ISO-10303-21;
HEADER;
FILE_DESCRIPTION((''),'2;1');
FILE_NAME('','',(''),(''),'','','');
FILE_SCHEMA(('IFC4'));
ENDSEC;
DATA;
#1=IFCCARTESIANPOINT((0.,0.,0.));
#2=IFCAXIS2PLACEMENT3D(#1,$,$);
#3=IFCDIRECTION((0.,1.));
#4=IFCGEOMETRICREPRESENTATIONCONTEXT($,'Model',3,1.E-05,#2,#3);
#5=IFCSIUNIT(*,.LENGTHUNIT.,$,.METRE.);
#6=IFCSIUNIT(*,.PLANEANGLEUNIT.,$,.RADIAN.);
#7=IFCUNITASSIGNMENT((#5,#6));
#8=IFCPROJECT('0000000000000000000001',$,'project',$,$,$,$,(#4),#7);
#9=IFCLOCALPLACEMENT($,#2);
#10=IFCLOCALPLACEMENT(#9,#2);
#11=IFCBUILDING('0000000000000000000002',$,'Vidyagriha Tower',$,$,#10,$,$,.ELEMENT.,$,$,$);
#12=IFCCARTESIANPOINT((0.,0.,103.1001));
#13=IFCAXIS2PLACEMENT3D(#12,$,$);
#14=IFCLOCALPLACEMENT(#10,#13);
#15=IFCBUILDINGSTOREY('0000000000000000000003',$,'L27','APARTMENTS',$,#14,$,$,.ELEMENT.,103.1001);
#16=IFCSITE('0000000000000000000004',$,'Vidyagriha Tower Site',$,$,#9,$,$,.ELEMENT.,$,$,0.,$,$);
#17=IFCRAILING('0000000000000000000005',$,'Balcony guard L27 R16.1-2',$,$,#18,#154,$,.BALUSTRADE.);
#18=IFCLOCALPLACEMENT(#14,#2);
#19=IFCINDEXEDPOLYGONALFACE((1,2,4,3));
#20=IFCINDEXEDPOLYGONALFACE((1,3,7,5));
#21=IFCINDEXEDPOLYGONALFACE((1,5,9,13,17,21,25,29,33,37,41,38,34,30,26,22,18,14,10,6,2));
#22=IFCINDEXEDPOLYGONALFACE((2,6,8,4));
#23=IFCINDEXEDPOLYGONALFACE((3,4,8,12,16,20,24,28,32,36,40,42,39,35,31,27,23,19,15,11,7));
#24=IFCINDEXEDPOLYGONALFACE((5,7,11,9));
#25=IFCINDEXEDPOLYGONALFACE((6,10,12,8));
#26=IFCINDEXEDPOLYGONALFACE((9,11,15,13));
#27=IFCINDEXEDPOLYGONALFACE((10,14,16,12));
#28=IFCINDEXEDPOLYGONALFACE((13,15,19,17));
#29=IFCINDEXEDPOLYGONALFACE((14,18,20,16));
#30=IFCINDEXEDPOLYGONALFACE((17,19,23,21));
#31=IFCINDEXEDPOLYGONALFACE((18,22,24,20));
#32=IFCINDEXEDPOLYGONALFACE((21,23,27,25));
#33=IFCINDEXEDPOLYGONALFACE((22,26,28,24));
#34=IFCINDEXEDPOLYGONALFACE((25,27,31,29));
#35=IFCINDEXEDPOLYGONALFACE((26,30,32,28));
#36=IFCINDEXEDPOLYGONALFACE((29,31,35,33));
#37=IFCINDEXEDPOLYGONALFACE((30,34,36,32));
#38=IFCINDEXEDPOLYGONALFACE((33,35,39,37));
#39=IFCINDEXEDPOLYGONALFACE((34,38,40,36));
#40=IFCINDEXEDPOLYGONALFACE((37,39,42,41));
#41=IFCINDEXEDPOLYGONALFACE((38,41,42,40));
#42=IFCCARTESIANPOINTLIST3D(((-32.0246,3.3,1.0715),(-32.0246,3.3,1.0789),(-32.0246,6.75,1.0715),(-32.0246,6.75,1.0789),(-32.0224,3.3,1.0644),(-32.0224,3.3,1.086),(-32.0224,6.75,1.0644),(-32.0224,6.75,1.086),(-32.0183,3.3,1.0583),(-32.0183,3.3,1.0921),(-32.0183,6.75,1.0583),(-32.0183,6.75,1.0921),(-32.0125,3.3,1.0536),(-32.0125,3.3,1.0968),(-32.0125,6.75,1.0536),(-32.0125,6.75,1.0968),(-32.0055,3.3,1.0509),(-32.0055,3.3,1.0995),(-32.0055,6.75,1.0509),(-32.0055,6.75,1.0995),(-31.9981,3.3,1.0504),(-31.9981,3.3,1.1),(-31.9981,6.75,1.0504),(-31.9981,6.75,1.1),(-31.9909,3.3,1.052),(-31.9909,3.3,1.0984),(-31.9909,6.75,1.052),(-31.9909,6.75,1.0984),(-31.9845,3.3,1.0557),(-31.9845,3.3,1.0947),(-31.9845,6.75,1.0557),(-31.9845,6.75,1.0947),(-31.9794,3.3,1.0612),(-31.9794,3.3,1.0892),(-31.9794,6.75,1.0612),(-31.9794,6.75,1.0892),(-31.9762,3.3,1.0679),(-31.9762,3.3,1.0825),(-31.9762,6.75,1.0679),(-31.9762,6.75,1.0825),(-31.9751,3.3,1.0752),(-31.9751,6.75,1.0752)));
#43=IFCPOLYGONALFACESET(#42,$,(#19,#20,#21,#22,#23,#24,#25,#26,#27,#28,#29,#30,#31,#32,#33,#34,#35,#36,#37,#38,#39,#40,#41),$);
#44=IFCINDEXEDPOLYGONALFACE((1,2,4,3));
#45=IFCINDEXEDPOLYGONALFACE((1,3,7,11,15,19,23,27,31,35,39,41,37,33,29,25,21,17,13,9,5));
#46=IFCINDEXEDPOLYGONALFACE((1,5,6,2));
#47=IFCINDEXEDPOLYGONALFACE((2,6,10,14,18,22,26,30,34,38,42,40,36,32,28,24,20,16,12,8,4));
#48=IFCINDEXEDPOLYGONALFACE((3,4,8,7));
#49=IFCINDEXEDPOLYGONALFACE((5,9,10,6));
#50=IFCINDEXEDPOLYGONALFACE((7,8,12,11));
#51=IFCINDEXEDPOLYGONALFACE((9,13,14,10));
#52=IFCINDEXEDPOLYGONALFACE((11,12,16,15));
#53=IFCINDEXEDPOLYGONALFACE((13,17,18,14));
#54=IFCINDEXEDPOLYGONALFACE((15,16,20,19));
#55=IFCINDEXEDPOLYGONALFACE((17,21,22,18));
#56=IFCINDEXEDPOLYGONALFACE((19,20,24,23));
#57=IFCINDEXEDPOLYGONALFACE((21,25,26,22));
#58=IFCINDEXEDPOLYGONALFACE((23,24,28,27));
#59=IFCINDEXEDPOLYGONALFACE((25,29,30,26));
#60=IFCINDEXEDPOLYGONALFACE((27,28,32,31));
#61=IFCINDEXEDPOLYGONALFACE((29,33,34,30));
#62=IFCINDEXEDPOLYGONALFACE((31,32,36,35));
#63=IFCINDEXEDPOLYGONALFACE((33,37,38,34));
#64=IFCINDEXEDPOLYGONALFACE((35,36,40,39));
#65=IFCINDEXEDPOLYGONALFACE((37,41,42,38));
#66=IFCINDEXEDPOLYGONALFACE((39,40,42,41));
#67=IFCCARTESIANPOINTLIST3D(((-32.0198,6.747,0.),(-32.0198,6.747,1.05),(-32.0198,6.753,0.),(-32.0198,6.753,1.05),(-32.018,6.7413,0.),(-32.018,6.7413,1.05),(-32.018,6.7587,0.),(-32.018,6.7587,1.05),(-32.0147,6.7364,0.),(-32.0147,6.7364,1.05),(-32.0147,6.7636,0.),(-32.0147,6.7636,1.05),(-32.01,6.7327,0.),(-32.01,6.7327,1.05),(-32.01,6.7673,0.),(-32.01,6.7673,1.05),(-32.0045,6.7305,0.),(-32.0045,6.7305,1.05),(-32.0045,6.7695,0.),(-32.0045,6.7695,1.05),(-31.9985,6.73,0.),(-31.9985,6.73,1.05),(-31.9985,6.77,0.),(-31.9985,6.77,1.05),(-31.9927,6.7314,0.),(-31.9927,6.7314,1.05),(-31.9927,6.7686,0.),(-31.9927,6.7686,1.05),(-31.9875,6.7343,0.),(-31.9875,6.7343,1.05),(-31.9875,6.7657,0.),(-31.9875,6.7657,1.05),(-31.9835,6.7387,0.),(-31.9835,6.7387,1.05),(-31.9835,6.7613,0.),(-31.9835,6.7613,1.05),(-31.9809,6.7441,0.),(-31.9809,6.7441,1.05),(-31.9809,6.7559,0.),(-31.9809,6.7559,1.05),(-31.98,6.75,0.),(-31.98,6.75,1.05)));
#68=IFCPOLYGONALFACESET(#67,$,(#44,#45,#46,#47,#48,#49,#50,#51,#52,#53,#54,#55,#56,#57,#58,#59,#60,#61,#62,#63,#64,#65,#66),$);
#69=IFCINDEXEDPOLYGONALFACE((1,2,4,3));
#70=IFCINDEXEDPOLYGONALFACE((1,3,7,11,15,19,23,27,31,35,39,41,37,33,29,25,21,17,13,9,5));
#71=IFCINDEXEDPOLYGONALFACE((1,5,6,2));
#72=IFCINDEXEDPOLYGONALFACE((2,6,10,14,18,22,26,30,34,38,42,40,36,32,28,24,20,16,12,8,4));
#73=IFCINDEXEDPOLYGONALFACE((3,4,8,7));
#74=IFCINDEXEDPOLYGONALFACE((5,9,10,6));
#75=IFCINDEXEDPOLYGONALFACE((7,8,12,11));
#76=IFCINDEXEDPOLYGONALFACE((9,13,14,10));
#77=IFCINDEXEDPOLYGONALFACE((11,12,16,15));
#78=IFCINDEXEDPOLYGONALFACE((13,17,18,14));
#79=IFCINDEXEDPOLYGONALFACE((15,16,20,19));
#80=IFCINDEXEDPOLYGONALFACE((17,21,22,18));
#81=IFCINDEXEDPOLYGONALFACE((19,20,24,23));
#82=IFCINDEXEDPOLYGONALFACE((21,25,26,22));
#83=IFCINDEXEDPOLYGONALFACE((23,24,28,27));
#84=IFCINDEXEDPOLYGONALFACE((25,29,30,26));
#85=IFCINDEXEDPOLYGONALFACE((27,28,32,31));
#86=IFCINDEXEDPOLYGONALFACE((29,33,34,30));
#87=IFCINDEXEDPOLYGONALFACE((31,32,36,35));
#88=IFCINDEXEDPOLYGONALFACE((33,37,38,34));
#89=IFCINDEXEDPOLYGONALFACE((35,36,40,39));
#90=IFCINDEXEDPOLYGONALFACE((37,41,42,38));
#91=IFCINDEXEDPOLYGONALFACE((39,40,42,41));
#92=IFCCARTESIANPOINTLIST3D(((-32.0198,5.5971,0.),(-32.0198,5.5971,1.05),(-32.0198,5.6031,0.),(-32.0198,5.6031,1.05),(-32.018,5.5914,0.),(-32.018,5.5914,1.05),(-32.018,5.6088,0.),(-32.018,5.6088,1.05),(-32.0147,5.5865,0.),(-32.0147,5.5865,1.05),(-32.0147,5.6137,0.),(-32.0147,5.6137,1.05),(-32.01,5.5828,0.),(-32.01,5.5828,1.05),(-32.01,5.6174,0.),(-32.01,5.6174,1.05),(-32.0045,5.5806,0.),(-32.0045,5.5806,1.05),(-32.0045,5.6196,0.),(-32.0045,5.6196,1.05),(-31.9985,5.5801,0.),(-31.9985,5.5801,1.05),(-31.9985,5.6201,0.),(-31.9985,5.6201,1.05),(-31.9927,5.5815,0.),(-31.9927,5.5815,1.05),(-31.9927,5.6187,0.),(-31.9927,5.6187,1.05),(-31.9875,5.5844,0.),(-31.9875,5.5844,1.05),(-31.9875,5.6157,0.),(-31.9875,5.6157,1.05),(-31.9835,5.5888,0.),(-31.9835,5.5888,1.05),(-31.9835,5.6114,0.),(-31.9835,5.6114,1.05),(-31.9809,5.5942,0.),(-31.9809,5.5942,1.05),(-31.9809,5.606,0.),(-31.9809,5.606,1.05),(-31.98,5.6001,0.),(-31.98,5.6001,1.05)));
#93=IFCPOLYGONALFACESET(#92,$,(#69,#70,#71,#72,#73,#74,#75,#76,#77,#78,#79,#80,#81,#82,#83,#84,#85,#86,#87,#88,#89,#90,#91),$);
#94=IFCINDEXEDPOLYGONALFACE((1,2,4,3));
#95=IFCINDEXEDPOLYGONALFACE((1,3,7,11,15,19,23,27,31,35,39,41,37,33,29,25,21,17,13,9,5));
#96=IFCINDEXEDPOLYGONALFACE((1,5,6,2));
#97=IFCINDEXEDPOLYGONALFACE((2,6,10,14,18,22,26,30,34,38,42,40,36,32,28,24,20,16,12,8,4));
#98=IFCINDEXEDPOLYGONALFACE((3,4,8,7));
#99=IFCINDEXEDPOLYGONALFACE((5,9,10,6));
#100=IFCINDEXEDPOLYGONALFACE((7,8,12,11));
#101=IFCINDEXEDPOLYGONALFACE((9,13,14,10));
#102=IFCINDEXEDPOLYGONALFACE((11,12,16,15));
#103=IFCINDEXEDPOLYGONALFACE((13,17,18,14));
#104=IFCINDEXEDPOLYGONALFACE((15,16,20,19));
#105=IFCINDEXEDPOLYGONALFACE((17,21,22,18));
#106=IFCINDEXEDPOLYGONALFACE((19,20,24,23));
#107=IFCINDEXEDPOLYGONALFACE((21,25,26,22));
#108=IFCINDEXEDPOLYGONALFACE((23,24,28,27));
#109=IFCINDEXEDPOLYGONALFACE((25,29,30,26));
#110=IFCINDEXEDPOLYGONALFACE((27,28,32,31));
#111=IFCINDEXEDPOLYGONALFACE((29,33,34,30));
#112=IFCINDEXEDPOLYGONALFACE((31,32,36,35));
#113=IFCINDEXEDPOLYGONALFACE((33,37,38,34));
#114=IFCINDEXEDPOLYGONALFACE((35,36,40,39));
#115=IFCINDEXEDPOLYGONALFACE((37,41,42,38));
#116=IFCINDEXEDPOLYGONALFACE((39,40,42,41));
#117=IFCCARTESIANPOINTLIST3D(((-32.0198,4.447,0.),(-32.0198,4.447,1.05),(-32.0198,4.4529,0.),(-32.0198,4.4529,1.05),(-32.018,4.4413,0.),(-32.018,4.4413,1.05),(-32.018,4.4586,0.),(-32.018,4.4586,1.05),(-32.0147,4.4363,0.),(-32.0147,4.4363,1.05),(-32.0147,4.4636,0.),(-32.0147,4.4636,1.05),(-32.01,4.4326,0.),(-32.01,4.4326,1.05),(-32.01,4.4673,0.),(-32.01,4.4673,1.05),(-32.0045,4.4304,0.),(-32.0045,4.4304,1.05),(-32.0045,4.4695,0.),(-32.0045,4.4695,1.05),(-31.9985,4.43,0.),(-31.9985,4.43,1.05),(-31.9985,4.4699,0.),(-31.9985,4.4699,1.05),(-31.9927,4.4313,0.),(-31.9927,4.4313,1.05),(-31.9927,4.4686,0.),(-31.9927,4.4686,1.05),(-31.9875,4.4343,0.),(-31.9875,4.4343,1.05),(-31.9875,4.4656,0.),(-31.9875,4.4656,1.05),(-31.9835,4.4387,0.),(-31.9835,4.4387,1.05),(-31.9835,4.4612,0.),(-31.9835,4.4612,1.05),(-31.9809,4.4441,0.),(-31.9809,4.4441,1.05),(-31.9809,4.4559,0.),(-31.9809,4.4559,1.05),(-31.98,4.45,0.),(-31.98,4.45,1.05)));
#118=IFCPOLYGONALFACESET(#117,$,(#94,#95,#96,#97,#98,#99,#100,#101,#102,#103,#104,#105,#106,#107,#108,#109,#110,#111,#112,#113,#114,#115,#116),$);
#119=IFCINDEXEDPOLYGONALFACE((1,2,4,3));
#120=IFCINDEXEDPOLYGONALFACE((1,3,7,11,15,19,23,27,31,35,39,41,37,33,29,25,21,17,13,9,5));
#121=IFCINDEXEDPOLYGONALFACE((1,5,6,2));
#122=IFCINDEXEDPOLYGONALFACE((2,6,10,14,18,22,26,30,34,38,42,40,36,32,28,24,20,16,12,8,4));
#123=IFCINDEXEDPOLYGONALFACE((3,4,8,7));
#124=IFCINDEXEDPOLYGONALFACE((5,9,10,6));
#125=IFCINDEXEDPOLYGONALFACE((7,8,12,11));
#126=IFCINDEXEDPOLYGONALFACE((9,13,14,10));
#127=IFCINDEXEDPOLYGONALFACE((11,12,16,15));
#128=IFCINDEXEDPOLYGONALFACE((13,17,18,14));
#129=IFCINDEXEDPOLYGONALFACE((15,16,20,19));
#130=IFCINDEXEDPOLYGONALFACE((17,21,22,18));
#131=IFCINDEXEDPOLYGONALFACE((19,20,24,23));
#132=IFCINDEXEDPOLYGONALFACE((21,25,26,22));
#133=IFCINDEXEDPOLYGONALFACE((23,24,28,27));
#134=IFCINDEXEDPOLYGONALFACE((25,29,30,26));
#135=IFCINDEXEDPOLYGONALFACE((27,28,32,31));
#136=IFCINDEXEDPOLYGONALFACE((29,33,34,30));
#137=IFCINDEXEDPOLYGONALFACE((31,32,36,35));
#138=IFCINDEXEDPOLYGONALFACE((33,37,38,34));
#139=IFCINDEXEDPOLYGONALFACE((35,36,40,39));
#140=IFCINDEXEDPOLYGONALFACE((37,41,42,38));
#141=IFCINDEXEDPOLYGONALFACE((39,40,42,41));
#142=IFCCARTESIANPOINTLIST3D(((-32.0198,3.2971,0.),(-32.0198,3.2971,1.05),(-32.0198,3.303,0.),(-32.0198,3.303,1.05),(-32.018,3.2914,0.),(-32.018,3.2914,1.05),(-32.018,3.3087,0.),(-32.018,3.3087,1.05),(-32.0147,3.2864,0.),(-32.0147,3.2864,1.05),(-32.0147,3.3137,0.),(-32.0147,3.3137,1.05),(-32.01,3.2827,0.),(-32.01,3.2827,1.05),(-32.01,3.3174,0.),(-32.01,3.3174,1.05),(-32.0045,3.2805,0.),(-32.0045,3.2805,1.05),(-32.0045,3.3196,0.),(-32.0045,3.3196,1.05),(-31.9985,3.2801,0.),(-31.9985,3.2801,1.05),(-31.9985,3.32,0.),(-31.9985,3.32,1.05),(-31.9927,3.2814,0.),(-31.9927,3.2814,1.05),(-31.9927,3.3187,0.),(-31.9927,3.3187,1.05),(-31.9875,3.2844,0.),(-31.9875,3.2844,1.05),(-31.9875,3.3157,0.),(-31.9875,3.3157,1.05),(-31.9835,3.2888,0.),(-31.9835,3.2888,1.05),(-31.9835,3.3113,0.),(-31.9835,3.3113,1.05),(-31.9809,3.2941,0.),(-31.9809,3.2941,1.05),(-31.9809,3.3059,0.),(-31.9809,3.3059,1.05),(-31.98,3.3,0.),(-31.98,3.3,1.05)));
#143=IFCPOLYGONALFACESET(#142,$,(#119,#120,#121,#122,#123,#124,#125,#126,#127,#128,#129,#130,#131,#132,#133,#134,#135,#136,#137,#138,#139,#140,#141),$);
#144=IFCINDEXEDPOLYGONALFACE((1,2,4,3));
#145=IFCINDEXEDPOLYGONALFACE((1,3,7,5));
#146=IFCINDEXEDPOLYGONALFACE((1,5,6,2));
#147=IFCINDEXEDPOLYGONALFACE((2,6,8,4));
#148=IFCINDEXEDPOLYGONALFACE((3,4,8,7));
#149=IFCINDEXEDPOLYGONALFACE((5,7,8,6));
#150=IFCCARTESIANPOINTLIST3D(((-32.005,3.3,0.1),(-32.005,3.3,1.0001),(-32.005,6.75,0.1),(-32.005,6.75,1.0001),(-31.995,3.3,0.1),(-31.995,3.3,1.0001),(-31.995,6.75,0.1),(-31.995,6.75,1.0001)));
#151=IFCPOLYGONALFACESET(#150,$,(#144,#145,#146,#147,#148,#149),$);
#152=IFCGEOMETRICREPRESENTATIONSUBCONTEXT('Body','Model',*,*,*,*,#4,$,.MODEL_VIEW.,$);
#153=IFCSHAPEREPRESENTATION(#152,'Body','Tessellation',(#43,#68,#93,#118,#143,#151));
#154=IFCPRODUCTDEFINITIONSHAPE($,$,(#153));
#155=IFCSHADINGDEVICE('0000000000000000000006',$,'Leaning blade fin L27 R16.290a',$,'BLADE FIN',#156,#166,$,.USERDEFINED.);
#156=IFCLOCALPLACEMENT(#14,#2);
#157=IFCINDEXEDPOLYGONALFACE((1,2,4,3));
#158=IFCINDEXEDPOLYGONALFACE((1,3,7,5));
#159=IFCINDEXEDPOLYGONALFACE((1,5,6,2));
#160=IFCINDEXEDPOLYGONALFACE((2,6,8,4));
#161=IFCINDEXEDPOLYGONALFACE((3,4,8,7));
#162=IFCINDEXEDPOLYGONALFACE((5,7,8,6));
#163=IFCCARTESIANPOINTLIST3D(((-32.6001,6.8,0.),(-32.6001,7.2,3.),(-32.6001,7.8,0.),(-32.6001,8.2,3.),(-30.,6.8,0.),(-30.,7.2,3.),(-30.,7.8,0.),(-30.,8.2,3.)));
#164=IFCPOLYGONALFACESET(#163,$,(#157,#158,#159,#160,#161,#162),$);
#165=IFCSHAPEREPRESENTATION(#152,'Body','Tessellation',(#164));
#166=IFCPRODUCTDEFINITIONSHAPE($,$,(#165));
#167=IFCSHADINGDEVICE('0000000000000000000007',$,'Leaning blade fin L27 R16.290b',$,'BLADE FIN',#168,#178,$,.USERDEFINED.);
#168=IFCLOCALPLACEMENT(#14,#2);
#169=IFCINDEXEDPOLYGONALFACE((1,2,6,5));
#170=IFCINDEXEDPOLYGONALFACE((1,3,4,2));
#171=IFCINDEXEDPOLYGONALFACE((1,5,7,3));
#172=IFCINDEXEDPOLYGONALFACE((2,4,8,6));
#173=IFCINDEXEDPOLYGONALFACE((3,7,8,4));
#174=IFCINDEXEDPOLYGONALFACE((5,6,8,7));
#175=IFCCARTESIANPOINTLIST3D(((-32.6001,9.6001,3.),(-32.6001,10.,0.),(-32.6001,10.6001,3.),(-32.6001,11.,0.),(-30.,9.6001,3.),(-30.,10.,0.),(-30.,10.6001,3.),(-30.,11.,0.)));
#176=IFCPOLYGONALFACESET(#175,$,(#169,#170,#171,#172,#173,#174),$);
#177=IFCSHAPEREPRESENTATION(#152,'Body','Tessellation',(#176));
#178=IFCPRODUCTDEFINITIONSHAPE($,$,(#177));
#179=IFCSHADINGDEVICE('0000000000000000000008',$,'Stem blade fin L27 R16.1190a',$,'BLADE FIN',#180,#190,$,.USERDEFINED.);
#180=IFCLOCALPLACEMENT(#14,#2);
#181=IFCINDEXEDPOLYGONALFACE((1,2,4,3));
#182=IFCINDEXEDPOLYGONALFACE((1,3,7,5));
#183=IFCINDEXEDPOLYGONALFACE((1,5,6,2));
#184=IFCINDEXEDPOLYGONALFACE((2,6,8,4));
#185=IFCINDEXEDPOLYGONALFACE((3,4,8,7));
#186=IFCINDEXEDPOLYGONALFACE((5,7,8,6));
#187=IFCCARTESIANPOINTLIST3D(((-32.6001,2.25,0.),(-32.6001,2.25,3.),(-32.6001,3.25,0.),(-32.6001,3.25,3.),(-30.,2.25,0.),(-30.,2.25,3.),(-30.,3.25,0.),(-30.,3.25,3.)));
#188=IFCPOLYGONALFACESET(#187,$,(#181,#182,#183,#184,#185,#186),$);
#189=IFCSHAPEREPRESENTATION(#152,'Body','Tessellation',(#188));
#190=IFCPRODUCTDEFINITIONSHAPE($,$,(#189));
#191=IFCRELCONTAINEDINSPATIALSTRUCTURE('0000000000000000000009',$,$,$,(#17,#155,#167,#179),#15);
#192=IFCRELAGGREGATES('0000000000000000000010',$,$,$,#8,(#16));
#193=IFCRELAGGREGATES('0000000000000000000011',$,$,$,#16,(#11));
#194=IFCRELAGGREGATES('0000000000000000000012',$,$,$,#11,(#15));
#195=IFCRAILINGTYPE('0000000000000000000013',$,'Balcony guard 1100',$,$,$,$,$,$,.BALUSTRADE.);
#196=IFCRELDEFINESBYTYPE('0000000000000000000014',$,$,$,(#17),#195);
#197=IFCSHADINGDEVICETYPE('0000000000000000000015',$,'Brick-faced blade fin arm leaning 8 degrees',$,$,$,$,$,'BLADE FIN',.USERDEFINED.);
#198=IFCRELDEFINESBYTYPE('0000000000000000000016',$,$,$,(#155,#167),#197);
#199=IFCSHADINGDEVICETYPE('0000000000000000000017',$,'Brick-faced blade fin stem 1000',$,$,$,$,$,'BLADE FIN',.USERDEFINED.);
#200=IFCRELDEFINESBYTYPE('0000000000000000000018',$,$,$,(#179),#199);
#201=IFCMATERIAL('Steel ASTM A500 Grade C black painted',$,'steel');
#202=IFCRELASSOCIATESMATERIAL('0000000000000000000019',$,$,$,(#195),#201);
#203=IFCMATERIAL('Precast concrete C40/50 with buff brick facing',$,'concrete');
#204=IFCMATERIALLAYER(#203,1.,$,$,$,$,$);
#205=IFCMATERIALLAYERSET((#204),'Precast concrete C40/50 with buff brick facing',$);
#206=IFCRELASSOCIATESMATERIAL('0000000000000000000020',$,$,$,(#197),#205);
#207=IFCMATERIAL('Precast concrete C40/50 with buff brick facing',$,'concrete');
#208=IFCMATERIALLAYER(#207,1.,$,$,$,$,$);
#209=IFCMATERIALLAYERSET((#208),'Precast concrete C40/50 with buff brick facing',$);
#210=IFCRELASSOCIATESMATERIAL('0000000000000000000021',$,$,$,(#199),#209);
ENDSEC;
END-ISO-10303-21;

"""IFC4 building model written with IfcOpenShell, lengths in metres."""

from ifc_helpers import new_model, si_unit, direction, frame, origin, origin_2d, place, context, subcontext, project, spatial, polyline, rectangle, circle, outline, extrude, material, layer, layer_set, type_object, element, save


model = new_model("IFC4")

# Units and contexts
model_context = context("Model", 3, precision=1e-05, world=origin(), true_north=direction((0.0, 1.0)))
body_context = subcontext(model_context, "Body", "Model", "MODEL_VIEW")
ifc_project = project(units=[si_unit("LENGTHUNIT", "METRE"), si_unit("PLANEANGLEUNIT", "RADIAN")], contexts=[model_context])

# Site, building, storey
site_placement = place(None, origin())
site = spatial("IfcSite", under=ifc_project, at=site_placement, Name="Vidyagriha Tower Site", CompositionType="ELEMENT", RefElevation=0.0)
building_placement = place(site_placement, origin())
building = spatial("IfcBuilding", under=site, at=building_placement, Name="Vidyagriha Tower", CompositionType="ELEMENT")
storey_placement = place(building_placement, frame((0.0, 0.0, 103.1001)))
storey = spatial("IfcBuildingStorey", under=building, at=storey_placement, Name="L27", Description="APARTMENTS", CompositionType="ELEMENT", Elevation=103.1001)

# Railing
ifc_material_1 = material(Name="Steel ASTM A500 Grade C black painted", Category="steel")
railing_type_1 = type_object("IfcRailingType", Name="Balcony guard 1100", PredefinedType="BALUSTRADE", material=ifc_material_1)
railing_1_placement = place(storey_placement, frame((-32.0, 6.75, 0.0)))
element("IfcRailing", 1, at=railing_1_placement, inside=storey, type_object=railing_type_1, Name="Balcony guard L27 R16.1-2", PredefinedType="BALUSTRADE", context=body_context, shape_type="SweptSolid", body=[
    extrude(circle(Radius=0.0249, at=origin_2d()), frame((0.0, 0.0, 1.0752), z_axis=(0.0, -1.0, 0.0), x_axis=(1.0, 0.0, 0.0)), (0.0, 0.0, 1.0), 3.45),
    extrude(circle(Radius=0.02, at=origin_2d()), origin(), (0.0, 0.0, 1.0), 1.05),
    extrude(circle(Radius=0.02, at=origin_2d()), frame((0.0, -1.1499, 0.0)), (0.0, 0.0, 1.0), 1.05),
    extrude(circle(Radius=0.02, at=origin_2d()), frame((0.0, -2.3, 0.0)), (0.0, 0.0, 1.0), 1.05),
    extrude(circle(Radius=0.02, at=origin_2d()), frame((0.0, -3.45, 0.0)), (0.0, 0.0, 1.0), 1.05),
    extrude(rectangle(XDim=0.01, YDim=0.9001, at=origin_2d()), frame((0.0, 0.0, 0.55), z_axis=(0.0, -1.0, 0.0), x_axis=(1.0, 0.0, 0.0)), (0.0, 0.0, 1.0), 3.45),
])

# Shading devices
ifc_material_2 = material(Name="Precast concrete C40/50 with buff brick facing", Category="concrete")
ifc_layer_1 = layer(ifc_material_2, 1.0)
ifc_layer_set_1 = layer_set([ifc_layer_1], Name="Precast concrete C40/50 with buff brick facing")
shading_device_type_1 = type_object("IfcShadingDeviceType", Name="Brick-faced blade fin arm leaning 8 degrees", ElementType="BLADE FIN", PredefinedType="USERDEFINED", material=ifc_layer_set_1)
shading_device_1_placement = place(storey_placement, frame((-31.3, 8.2, 0.0), z_axis=(0.0, 0.0, 1.0), x_axis=(0.0, -1.0, 0.0)))
element("IfcShadingDevice", 2, at=shading_device_1_placement, inside=storey, type_object=shading_device_type_1, Name="Leaning blade fin L27 R16.290a", ObjectType="BLADE FIN", PredefinedType="USERDEFINED", context=body_context, shape_type="SweptSolid", body=[
    extrude(outline(polyline([(0.3999, 0.0), (1.3999, 0.0), (1.0, 3.0), (0.0, 3.0), (0.3999, 0.0)])), frame((0.0, 1.3, 0.0), z_axis=(0.0, -1.0, 0.0), x_axis=(1.0, 0.0, 0.0)), (0.0, 0.0, 1.0), 2.6001),
])
shading_device_2_placement = place(storey_placement, frame((-31.3, 11.0, 0.0), z_axis=(0.0, 0.0, 1.0), x_axis=(0.0, -1.0, 0.0)))
element("IfcShadingDevice", 3, at=shading_device_2_placement, inside=storey, type_object=shading_device_type_1, Name="Leaning blade fin L27 R16.290b", ObjectType="BLADE FIN", PredefinedType="USERDEFINED", context=body_context, shape_type="SweptSolid", body=[
    extrude(outline(polyline([(0.0, 0.0), (1.0, 0.0), (1.3999, 3.0), (0.3999, 3.0), (0.0, 0.0)])), frame((0.0, 1.3, 0.0), z_axis=(0.0, -1.0, 0.0), x_axis=(1.0, 0.0, 0.0)), (0.0, 0.0, 1.0), 2.6001),
])
ifc_material_3 = material(Name="Precast concrete C40/50 with buff brick facing", Category="concrete")
ifc_layer_2 = layer(ifc_material_3, 1.0)
ifc_layer_set_2 = layer_set([ifc_layer_2], Name="Precast concrete C40/50 with buff brick facing")
shading_device_type_2 = type_object("IfcShadingDeviceType", Name="Brick-faced blade fin stem 1000", ElementType="BLADE FIN", PredefinedType="USERDEFINED", material=ifc_layer_set_2)
shading_device_3_placement = place(storey_placement, frame((-31.3, 3.25, 0.0), z_axis=(0.0, 0.0, 1.0), x_axis=(0.0, -1.0, 0.0)))
element("IfcShadingDevice", 4, at=shading_device_3_placement, inside=storey, type_object=shading_device_type_2, Name="Stem blade fin L27 R16.1190a", ObjectType="BLADE FIN", PredefinedType="USERDEFINED", context=body_context, shape_type="SweptSolid", body=[
    extrude(outline(polyline([(0.0, 0.0), (1.0, 0.0), (1.0, 3.0), (0.0, 3.0), (0.0, 0.0)])), frame((0.0, 1.3, 0.0), z_axis=(0.0, -1.0, 0.0), x_axis=(1.0, 0.0, 0.0)), (0.0, 0.0, 1.0), 2.6001),
])

save(model, "model.ifc")
